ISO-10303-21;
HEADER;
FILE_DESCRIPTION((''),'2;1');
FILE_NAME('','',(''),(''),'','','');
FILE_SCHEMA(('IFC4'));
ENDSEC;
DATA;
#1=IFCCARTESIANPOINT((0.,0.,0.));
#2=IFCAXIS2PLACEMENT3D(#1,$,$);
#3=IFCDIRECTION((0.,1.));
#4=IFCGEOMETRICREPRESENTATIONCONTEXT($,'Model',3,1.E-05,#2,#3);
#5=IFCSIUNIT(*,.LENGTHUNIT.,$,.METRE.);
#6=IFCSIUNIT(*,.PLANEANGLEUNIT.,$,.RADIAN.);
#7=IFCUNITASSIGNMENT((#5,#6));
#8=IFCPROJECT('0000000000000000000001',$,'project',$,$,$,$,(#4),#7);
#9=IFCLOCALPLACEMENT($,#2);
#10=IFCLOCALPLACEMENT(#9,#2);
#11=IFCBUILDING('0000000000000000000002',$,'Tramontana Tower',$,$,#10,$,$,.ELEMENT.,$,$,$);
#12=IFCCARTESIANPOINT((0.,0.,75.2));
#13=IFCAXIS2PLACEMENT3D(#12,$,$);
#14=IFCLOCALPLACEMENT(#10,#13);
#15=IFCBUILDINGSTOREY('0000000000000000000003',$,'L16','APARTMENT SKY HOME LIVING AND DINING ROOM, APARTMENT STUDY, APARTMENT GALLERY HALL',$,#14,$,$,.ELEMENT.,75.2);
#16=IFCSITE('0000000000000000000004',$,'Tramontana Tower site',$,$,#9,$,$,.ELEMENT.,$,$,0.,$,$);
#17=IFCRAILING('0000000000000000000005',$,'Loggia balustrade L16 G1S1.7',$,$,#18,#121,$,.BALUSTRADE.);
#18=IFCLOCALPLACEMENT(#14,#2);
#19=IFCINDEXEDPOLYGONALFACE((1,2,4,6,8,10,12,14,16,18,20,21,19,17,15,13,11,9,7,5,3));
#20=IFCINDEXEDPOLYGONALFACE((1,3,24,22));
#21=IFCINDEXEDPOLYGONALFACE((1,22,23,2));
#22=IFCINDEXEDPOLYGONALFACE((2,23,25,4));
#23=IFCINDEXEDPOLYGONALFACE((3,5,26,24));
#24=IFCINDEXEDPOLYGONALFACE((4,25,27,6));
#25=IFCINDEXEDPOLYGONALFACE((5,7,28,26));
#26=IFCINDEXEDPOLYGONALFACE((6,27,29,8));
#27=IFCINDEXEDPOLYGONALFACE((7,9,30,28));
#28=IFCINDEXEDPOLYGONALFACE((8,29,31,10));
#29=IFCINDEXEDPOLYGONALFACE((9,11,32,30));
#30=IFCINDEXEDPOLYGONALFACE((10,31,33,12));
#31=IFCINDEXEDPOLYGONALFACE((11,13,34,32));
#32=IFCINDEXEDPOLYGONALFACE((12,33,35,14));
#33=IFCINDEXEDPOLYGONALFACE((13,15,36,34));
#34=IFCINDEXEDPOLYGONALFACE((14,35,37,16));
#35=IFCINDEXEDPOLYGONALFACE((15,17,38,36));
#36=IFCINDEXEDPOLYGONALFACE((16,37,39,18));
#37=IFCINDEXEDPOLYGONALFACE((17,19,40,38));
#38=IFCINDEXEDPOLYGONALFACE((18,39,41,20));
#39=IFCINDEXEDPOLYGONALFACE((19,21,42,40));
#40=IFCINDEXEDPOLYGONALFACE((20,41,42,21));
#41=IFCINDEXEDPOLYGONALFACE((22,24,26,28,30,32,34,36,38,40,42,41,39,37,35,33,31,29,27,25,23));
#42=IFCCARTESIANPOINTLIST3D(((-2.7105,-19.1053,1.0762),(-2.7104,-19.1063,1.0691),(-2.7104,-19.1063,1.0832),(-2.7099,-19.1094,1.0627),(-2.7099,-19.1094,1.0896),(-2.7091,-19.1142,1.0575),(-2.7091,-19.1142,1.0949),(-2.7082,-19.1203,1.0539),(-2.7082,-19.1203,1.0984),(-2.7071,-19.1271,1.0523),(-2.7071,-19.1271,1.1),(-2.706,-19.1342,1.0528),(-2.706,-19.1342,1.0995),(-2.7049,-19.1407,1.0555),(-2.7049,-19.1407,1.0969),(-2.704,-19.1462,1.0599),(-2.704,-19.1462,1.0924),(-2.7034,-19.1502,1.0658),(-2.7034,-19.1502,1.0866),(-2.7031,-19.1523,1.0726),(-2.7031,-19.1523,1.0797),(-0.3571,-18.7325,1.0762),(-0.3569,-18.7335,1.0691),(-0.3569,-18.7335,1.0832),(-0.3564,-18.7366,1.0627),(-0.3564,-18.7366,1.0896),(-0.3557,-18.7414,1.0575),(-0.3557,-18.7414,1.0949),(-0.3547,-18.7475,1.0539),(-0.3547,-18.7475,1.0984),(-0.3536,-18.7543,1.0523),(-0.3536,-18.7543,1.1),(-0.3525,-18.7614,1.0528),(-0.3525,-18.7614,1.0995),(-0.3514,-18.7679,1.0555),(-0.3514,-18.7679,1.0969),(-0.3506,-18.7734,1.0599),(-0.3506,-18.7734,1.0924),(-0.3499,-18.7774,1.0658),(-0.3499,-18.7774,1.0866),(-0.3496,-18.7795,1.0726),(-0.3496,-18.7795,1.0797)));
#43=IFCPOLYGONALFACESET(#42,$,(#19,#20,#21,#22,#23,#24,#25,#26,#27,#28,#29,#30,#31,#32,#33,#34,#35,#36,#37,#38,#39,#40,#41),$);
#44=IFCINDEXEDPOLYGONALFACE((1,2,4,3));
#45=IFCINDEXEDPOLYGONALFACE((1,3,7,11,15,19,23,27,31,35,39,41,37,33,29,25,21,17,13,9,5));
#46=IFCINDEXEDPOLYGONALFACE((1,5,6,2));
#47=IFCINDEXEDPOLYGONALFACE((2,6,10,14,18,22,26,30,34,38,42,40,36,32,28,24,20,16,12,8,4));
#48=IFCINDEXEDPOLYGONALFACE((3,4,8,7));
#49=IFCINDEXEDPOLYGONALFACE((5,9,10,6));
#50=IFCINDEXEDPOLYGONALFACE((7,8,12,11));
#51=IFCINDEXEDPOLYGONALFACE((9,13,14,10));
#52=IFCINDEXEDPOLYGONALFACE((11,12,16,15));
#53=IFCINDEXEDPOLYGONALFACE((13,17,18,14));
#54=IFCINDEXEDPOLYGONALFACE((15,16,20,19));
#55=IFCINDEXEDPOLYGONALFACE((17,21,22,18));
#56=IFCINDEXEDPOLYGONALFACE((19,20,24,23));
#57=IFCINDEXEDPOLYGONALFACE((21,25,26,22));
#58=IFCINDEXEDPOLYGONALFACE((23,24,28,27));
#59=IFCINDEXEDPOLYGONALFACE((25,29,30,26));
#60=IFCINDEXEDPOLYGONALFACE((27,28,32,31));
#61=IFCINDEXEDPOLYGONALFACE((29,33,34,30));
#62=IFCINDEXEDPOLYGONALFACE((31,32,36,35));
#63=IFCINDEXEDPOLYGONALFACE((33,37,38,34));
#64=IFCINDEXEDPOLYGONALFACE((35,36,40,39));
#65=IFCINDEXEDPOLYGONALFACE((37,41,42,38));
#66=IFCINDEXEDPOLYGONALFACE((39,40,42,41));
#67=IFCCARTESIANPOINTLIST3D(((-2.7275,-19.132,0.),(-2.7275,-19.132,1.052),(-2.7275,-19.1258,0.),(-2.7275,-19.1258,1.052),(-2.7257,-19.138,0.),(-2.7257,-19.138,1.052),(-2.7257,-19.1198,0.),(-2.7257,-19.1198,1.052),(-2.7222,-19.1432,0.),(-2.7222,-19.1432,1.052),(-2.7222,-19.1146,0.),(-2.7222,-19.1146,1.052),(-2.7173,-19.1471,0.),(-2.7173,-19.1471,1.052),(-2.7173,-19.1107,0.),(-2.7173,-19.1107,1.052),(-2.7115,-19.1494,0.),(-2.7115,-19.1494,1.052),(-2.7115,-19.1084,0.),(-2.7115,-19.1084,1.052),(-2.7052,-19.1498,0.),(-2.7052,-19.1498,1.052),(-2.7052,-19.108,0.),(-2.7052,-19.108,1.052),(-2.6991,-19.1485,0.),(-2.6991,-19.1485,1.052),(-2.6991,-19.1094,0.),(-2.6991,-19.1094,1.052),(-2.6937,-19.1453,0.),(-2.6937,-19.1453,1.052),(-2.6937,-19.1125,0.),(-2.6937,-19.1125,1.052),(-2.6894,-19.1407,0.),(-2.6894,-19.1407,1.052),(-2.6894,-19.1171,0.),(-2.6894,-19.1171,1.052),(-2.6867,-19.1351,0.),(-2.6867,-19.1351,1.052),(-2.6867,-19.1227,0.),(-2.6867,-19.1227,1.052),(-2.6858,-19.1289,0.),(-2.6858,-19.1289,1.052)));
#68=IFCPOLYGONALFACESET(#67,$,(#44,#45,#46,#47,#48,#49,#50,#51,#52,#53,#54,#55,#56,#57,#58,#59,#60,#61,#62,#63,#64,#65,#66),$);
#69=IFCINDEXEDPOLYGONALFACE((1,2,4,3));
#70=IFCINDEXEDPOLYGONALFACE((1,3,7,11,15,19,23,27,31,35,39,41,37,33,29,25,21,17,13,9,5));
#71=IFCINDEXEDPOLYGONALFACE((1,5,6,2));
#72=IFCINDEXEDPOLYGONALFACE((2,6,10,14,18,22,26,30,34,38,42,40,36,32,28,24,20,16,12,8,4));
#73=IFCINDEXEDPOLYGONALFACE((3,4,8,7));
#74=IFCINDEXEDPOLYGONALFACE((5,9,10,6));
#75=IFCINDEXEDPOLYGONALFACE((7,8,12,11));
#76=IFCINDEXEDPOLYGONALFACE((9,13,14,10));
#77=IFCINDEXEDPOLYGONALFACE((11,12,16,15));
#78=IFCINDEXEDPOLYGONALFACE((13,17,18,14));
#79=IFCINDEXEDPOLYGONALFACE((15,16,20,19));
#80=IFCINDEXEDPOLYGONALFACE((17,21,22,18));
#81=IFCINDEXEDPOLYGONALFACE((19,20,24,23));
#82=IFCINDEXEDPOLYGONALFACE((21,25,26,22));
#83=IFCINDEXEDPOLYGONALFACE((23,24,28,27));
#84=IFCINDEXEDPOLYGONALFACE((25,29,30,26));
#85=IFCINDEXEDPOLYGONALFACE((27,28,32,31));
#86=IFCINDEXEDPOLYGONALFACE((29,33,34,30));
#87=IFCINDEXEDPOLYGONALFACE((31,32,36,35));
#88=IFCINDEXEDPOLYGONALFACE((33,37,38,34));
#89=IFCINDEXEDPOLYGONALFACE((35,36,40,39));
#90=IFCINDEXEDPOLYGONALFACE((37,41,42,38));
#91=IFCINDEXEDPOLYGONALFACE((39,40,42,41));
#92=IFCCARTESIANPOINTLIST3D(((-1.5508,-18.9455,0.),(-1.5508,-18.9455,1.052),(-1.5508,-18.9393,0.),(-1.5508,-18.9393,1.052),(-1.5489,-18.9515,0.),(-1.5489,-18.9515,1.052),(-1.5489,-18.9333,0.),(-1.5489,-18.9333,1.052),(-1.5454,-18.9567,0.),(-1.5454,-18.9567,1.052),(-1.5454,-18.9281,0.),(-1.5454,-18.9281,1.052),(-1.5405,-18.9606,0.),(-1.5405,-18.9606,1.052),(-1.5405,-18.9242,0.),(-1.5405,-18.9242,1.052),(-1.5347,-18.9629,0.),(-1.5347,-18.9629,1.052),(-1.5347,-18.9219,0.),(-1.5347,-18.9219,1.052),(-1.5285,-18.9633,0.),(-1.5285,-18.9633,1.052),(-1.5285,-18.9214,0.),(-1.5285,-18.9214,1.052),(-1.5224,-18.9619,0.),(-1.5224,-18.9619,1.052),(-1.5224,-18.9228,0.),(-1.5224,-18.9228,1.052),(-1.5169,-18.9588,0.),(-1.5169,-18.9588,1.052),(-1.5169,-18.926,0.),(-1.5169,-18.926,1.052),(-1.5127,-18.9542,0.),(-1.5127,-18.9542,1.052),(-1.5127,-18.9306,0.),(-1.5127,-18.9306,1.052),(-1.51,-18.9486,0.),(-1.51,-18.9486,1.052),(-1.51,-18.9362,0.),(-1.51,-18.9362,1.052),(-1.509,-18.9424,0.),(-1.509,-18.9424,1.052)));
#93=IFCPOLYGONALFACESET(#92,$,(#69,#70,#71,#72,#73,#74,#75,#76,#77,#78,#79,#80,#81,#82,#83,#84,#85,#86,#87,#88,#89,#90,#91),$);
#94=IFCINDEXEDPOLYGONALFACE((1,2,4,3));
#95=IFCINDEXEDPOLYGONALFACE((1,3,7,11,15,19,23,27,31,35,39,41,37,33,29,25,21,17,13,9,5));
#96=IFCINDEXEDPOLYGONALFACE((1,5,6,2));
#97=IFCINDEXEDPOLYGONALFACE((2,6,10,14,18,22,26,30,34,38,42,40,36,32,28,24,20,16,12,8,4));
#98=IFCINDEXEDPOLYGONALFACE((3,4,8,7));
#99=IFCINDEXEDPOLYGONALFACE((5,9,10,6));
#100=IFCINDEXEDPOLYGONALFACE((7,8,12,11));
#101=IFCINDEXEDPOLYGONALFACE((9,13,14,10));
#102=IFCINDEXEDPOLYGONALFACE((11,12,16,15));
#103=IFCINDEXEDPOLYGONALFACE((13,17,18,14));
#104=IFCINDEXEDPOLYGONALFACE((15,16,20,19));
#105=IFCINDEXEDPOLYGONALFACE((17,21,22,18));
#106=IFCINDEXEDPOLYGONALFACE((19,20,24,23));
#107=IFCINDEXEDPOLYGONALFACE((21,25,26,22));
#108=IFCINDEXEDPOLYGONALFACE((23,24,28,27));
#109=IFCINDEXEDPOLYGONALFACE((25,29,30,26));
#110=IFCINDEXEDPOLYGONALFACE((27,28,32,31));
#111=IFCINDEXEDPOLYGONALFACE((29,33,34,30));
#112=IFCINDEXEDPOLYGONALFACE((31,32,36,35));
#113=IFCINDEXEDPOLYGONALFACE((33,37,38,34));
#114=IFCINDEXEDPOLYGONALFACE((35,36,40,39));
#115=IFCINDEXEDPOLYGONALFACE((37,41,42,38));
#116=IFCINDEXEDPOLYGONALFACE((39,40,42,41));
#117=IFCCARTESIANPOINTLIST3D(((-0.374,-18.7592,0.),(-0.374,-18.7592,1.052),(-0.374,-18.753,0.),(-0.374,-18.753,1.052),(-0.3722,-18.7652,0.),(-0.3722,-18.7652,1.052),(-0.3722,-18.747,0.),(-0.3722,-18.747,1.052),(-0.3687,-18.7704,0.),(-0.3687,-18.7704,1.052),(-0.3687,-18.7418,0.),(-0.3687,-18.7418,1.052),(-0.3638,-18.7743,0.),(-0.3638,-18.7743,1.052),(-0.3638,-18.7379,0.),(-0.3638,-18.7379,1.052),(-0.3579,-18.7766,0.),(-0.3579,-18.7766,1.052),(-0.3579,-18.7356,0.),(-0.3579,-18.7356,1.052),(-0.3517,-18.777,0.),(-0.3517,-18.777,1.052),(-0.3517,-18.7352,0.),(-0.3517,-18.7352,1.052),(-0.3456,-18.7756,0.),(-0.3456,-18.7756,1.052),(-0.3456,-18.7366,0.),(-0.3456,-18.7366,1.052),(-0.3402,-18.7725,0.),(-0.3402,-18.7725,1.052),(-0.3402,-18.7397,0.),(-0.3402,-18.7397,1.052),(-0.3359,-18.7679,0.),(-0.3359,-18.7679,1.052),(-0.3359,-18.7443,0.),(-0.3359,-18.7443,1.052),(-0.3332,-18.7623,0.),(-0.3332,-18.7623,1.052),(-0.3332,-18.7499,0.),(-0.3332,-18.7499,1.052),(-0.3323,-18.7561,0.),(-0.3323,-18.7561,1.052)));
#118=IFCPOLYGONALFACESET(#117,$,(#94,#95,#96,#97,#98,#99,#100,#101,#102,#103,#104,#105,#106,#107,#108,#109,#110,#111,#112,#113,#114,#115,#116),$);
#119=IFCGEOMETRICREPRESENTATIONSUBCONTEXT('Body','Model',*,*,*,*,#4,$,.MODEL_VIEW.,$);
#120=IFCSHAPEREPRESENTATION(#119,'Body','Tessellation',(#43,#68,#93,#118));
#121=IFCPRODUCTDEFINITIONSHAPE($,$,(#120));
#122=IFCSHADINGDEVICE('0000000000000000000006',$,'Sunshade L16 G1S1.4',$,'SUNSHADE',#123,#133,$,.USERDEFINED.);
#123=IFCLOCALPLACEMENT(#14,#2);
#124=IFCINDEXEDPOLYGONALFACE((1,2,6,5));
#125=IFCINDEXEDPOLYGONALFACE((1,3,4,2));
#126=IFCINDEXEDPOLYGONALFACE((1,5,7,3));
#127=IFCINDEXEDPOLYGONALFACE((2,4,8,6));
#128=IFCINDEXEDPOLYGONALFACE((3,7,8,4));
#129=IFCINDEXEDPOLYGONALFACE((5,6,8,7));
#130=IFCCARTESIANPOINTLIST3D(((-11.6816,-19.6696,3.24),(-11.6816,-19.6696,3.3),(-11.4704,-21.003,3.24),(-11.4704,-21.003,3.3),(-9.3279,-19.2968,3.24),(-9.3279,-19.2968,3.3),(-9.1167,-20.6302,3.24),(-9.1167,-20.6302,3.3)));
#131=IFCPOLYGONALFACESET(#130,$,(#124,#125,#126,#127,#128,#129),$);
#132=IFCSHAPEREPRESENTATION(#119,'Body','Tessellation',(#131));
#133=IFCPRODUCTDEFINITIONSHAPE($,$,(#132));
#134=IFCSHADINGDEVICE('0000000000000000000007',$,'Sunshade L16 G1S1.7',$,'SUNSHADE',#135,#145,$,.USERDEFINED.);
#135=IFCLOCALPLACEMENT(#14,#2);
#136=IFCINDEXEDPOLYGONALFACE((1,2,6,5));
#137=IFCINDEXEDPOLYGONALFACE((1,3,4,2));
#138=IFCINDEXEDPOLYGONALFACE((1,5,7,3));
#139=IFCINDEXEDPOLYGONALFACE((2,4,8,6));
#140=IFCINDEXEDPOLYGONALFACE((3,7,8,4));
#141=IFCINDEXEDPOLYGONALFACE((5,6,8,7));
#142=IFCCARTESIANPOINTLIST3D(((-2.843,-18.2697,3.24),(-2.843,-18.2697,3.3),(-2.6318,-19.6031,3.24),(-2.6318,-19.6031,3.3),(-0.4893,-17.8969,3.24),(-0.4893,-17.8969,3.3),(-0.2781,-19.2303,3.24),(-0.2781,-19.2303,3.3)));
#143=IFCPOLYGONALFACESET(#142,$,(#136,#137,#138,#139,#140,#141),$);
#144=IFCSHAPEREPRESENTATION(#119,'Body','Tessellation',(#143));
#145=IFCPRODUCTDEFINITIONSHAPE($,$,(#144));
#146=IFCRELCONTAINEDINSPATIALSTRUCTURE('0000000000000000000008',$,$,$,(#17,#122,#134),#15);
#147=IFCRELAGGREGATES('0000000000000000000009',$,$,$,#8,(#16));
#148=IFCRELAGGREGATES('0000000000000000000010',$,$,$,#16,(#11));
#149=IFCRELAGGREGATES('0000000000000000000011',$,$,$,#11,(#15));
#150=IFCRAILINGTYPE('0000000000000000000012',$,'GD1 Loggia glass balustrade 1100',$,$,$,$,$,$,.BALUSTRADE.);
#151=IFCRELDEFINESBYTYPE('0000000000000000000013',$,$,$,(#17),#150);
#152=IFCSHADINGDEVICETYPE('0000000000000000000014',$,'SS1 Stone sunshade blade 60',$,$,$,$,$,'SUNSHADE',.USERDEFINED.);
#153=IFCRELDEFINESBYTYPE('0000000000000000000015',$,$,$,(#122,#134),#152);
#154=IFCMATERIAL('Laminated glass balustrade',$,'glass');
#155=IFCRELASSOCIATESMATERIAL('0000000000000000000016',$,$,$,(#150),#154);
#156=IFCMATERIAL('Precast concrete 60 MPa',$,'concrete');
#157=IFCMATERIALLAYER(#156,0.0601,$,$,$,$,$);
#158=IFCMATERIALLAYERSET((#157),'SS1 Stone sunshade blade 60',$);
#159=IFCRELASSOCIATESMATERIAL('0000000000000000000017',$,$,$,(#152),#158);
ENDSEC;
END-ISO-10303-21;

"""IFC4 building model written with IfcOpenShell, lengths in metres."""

from ifc_helpers import new_model, si_unit, direction, frame, origin, origin_2d, place, context, subcontext, project, spatial, rectangle, circle, extrude, material, layer, layer_set, type_object, element, save


model = new_model("IFC4")

# Units and contexts
model_context = context("Model", 3, precision=1e-05, world=origin(), true_north=direction((0.0, 1.0)))
body_context = subcontext(model_context, "Body", "Model", "MODEL_VIEW")
ifc_project = project(units=[si_unit("LENGTHUNIT", "METRE"), si_unit("PLANEANGLEUNIT", "RADIAN")], contexts=[model_context])

# Site, building, storey
site_placement = place(None, origin())
site = spatial("IfcSite", under=ifc_project, at=site_placement, Name="Tramontana Tower site", CompositionType="ELEMENT", RefElevation=0.0)
building_placement = place(site_placement, origin())
building = spatial("IfcBuilding", under=site, at=building_placement, Name="Tramontana Tower", CompositionType="ELEMENT")
storey_placement = place(building_placement, frame((0.0, 0.0, 75.2)))
storey = spatial("IfcBuildingStorey", under=building, at=storey_placement, Name="L16", Description="APARTMENT SKY HOME LIVING AND DINING ROOM, APARTMENT STUDY, APARTMENT GALLERY HALL", CompositionType="ELEMENT", Elevation=75.2)

# Railing
ifc_material_1 = material(Name="Laminated glass balustrade", Category="glass")
railing_type = type_object("IfcRailingType", Name="GD1 Loggia glass balustrade 1100", PredefinedType="BALUSTRADE", material=ifc_material_1)
railing_1_placement = place(storey_placement, frame((-2.7068, -19.1289, 0.0)))
element("IfcRailing", 1, at=railing_1_placement, inside=storey, type_object=railing_type, Name="Loggia balustrade L16 G1S1.7", PredefinedType="BALUSTRADE", context=body_context, shape_type="SweptSolid", body=[
    extrude(circle(Radius=0.0239, at=origin_2d()), frame((0.0, 0.0, 1.0762), z_axis=(0.987686, 0.156452, 0.0), x_axis=(-0.156452, 0.987686, 0.0)), (0.0, 0.0, 1.0), 2.3828),
    extrude(circle(Radius=0.021, at=origin_2d()), origin(), (0.0, 0.0, 1.0), 1.052),
    extrude(circle(Radius=0.021, at=origin_2d()), frame((1.1768, 0.1865, 0.0)), (0.0, 0.0, 1.0), 1.052),
    extrude(circle(Radius=0.021, at=origin_2d()), frame((2.3535, 0.3728, 0.0)), (0.0, 0.0, 1.0), 1.052),
])

# Shading devices
ifc_material_2 = material(Name="Precast concrete 60 MPa", Category="concrete")
ifc_layer_1 = layer(ifc_material_2, 0.0601)
ifc_layer_set_1 = layer_set([ifc_layer_1], Name="SS1 Stone sunshade blade 60")
shading_device_type = type_object("IfcShadingDeviceType", Name="SS1 Stone sunshade blade 60", ElementType="SUNSHADE", PredefinedType="USERDEFINED", material=ifc_layer_set_1)
for number, where, z_axis, x_axis, name in (
    (2, (-10.3992, -20.1499, 3.24), (0.0, 0.0, 1.0), (0.987688, 0.156434, 0.0), "Sunshade L16 G1S1.4"),
    (3, (-1.5605, -18.75, 3.24), (0.0, 0.0, 1.0), (0.987688, 0.156434, 0.0), "Sunshade L16 G1S1.7"),
):
    element("IfcShadingDevice", number, at=place(storey_placement, frame(where, z_axis=z_axis, x_axis=x_axis)), inside=storey, type_object=shading_device_type, Name=name, ObjectType="SUNSHADE", PredefinedType="USERDEFINED", context=body_context, shape_type="SweptSolid", body=[
        extrude(rectangle(XDim=2.3831, YDim=1.3501, at=origin_2d()), origin(), (0.0, 0.0, 1.0), 0.0601),
    ])

save(model, "model.ifc")
